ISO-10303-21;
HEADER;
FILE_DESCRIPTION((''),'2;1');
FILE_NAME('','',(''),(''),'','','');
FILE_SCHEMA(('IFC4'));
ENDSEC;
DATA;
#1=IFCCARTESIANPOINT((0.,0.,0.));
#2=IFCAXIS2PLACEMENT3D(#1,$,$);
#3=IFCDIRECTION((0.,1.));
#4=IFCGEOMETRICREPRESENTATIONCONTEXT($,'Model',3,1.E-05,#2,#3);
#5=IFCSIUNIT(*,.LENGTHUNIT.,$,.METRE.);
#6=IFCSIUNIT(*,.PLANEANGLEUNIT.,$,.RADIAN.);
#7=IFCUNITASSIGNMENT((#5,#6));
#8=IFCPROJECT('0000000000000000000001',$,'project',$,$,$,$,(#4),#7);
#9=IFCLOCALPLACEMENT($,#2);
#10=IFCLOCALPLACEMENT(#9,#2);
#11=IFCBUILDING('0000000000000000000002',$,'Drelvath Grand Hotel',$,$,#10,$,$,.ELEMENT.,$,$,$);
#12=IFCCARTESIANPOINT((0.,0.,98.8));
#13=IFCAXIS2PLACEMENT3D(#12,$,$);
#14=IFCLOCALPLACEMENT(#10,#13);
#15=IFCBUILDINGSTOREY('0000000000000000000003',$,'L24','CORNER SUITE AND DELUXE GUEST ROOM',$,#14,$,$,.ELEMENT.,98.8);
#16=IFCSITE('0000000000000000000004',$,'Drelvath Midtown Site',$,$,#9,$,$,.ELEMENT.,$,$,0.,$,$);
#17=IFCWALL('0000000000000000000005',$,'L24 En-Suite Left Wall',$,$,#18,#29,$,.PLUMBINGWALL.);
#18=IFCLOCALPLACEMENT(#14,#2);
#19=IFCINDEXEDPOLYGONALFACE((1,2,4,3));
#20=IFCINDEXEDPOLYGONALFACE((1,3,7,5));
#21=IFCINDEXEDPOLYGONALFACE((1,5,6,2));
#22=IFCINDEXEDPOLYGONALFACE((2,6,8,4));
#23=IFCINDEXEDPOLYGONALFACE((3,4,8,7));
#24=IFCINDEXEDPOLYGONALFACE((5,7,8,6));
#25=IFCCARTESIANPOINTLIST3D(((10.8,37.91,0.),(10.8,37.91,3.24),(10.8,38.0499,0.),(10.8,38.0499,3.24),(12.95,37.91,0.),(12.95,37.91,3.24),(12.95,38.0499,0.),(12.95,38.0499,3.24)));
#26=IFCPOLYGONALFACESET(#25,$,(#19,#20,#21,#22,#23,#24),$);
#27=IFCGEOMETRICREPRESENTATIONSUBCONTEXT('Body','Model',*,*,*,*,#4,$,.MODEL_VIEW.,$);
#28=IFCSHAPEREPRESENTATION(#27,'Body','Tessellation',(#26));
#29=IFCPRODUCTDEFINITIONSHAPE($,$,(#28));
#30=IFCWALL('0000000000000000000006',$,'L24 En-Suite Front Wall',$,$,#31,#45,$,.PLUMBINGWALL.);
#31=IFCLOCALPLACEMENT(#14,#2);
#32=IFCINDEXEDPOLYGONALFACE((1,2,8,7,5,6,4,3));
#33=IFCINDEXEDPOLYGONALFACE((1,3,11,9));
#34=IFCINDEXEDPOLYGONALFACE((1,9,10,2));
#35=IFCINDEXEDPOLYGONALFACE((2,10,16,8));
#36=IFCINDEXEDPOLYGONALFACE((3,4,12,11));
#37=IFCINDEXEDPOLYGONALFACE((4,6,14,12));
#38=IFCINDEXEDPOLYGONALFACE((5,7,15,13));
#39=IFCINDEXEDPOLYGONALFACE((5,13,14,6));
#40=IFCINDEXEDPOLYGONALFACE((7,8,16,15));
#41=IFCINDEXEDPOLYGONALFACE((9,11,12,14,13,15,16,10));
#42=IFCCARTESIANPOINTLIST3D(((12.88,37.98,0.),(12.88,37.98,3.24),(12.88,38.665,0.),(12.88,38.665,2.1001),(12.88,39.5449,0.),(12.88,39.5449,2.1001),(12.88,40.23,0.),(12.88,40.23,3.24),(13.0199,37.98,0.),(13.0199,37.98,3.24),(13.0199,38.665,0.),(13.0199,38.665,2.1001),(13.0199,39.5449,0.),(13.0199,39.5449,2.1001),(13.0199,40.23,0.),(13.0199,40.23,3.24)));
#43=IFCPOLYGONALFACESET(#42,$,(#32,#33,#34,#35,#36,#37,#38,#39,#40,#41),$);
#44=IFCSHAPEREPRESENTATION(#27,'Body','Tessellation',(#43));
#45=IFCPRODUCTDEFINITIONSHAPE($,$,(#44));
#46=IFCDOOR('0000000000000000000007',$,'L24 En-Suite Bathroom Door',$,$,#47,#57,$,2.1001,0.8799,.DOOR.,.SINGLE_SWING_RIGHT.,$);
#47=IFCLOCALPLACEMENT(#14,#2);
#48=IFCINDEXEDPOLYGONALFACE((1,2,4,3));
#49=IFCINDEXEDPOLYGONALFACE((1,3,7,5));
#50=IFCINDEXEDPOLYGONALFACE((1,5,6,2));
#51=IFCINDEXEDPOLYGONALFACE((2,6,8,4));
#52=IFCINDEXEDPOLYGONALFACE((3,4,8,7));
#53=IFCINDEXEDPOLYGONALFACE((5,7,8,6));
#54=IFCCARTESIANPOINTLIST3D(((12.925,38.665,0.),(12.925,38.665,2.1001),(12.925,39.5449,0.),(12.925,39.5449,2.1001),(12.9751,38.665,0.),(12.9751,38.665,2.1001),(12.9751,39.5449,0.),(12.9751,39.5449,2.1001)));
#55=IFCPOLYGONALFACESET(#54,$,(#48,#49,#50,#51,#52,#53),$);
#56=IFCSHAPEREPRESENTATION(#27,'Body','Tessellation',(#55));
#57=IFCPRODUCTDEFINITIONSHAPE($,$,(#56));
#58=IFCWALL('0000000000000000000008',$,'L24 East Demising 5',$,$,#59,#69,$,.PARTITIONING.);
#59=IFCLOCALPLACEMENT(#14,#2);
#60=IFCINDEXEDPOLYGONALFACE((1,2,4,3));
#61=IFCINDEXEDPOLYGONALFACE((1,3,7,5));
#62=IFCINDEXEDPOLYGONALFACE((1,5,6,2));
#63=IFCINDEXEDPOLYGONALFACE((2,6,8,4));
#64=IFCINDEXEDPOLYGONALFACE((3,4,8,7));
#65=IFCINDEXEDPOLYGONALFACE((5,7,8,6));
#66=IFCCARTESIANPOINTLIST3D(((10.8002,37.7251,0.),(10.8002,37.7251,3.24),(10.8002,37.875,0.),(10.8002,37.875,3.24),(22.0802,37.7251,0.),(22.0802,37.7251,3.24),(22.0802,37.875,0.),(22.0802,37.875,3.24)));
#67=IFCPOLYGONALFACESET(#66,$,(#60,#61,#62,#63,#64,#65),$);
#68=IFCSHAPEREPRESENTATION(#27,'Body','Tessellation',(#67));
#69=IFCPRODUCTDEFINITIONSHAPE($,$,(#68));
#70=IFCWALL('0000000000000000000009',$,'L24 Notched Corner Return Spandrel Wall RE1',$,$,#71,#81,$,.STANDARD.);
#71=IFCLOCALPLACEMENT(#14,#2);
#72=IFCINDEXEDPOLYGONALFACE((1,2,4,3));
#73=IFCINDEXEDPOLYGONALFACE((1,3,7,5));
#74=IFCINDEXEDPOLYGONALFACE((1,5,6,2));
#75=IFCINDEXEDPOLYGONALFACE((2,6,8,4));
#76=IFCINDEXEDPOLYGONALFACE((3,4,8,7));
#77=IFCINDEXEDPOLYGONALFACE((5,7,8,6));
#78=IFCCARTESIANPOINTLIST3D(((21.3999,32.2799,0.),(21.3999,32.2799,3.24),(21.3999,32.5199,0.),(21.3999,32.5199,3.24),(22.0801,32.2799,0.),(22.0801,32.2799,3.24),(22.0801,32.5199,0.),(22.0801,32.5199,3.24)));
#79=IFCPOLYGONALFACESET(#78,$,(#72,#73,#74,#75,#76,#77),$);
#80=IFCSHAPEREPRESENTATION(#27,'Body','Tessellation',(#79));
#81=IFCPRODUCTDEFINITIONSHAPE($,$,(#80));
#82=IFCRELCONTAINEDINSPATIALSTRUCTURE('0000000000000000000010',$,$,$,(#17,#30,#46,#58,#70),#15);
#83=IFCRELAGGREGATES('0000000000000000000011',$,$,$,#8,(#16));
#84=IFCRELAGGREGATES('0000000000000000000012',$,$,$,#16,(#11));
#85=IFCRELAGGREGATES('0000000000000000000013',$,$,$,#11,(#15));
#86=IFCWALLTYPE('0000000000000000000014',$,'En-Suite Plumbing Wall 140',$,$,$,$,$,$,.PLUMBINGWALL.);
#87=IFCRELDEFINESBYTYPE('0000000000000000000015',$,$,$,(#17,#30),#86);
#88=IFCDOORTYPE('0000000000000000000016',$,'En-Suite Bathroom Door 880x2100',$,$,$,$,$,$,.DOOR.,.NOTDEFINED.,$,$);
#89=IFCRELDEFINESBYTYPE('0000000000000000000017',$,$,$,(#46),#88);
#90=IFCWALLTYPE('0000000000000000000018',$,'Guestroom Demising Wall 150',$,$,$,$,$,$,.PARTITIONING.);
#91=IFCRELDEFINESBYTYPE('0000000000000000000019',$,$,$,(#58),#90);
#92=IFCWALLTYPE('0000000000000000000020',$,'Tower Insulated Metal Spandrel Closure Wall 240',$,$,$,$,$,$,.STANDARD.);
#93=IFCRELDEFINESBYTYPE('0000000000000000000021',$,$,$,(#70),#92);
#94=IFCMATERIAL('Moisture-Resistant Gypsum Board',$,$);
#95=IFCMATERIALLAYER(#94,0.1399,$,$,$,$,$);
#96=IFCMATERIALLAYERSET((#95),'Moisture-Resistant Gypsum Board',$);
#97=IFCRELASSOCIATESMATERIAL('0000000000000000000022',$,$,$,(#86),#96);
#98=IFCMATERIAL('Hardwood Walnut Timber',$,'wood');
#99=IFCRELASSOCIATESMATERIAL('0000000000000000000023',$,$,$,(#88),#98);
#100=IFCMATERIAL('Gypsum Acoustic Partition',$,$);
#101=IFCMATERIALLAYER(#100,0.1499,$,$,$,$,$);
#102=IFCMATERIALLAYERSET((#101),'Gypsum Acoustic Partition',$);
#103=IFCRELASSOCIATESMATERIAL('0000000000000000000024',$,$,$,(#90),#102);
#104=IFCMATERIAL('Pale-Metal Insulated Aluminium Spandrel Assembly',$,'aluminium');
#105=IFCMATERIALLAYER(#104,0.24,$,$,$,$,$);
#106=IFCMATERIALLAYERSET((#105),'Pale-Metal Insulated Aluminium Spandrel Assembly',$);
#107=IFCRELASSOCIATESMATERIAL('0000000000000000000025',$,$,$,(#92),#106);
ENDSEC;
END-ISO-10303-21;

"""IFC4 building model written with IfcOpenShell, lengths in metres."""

from ifc_helpers import new_model, si_unit, direction, frame, frame_2d, origin, place, context, subcontext, project, spatial, rectangle, extrude, material, layer, layer_set, type_object, element, fill, save


model = new_model("IFC4")

# Units and contexts
model_context = context("Model", 3, precision=1e-05, world=origin(), true_north=direction((0.0, 1.0)))
body_context = subcontext(model_context, "Body", "Model", "MODEL_VIEW")
ifc_project = project(units=[si_unit("LENGTHUNIT", "METRE"), si_unit("PLANEANGLEUNIT", "RADIAN")], contexts=[model_context])

# Site, building, storey
site_placement = place(None, origin())
site = spatial("IfcSite", under=ifc_project, at=site_placement, Name="Drelvath Midtown Site", CompositionType="ELEMENT", RefElevation=0.0)
building_placement = place(site_placement, origin())
building = spatial("IfcBuilding", under=site, at=building_placement, Name="Drelvath Grand Hotel", CompositionType="ELEMENT")
storey_placement = place(building_placement, frame((0.0, 0.0, 98.8)))
storey = spatial("IfcBuildingStorey", under=building, at=storey_placement, Name="L24", Description="CORNER SUITE AND DELUXE GUEST ROOM", CompositionType="ELEMENT", Elevation=98.8)

# Shared definitions
ifc_material_1 = material(Name="Moisture-Resistant Gypsum Board")
ifc_layer_1 = layer(ifc_material_1, 0.1399)
ifc_layer_set_1 = layer_set([ifc_layer_1], Name="Moisture-Resistant Gypsum Board")
wall_type_1 = type_object("IfcWallType", Name="En-Suite Plumbing Wall 140", PredefinedType="PLUMBINGWALL", material=ifc_layer_set_1)

# Shared definitions
ifc_material_2 = material(Name="Hardwood Walnut Timber", Category="wood")
door_type = type_object("IfcDoorType", Name="En-Suite Bathroom Door 880x2100", OperationType="NOTDEFINED", PredefinedType="DOOR", material=ifc_material_2)

# Wall
wall_1_placement = place(storey_placement, frame((10.8, 37.98, 0.0), z_axis=(0.0, 0.0, 1.0), x_axis=(1.0, 0.0, 0.0)))
element("IfcWall", 1, at=wall_1_placement, inside=storey, type_object=wall_type_1, Name="L24 En-Suite Left Wall", PredefinedType="PLUMBINGWALL", context=body_context, shape_type="SweptSolid", body=[
    extrude(rectangle(XDim=2.1499, YDim=0.1399, at=frame_2d((1.075, 0.0))), origin(), (0.0, 0.0, 1.0), 3.24),
])

# Wall, opening, door
wall_2_placement = place(storey_placement, frame((12.95, 37.98, 0.0), z_axis=(0.0, 0.0, 1.0), x_axis=(0.0, 1.0, 0.0)))
wall_2 = element("IfcWall", 2, at=wall_2_placement, inside=storey, type_object=wall_type_1, Name="L24 En-Suite Front Wall", PredefinedType="PLUMBINGWALL", context=body_context, shape_type="SweptSolid", body=[
    extrude(rectangle(XDim=2.25, YDim=0.1399, at=frame_2d((1.125, 0.0))), origin(), (0.0, 0.0, 1.0), 3.24),
])
opening_1_placement = place(wall_2_placement, frame((0.6851, 0.0, 0.0)))
opening_1 = element("IfcOpeningElement", 3, at=opening_1_placement, cuts=wall_2, PredefinedType="OPENING", context=body_context, shape_type="SweptSolid", body=[
    extrude(rectangle(XDim=0.8799, YDim=2.1001, at=frame_2d((0.4399, 1.05))), frame((0.0, 0.0798, 0.0), z_axis=(0.0, -1.0, 0.0), x_axis=(1.0, 0.0, 0.0)), (0.0, 0.0, 1.0), 0.1599),
])
door_1_placement = place(opening_1_placement, origin())
door_1 = element("IfcDoor", 4, at=door_1_placement, inside=storey, type_object=door_type, Name="L24 En-Suite Bathroom Door", OperationType="SINGLE_SWING_RIGHT", OverallHeight=2.1001, OverallWidth=0.8799, PredefinedType="DOOR", context=body_context, shape_type="SweptSolid", body=[
    extrude(rectangle(XDim=0.8799, YDim=2.1001, at=frame_2d((0.4399, 1.05))), frame((0.0, 0.0249, 0.0), z_axis=(0.0, -1.0, 0.0), x_axis=(1.0, 0.0, 0.0)), (0.0, 0.0, 1.0), 0.05),
])
fill(opening_1, door_1)

# Walls
ifc_material_3 = material(Name="Gypsum Acoustic Partition")
ifc_layer_2 = layer(ifc_material_3, 0.1499)
ifc_layer_set_2 = layer_set([ifc_layer_2], Name="Gypsum Acoustic Partition")
wall_type_2 = type_object("IfcWallType", Name="Guestroom Demising Wall 150", PredefinedType="PARTITIONING", material=ifc_layer_set_2)
wall_3_placement = place(storey_placement, frame((10.8, 37.8, 0.0), z_axis=(0.0, 0.0, 1.0), x_axis=(1.0, 0.0, 0.0)))
element("IfcWall", 5, at=wall_3_placement, inside=storey, type_object=wall_type_2, Name="L24 East Demising 5", PredefinedType="PARTITIONING", context=body_context, shape_type="SweptSolid", body=[
    extrude(rectangle(XDim=11.28, YDim=0.1499, at=frame_2d((5.6401, 0.0))), origin(), (0.0, 0.0, 1.0), 3.24),
])
ifc_material_4 = material(Name="Pale-Metal Insulated Aluminium Spandrel Assembly", Category="aluminium")
ifc_layer_3 = layer(ifc_material_4, 0.24)
ifc_layer_set_3 = layer_set([ifc_layer_3], Name="Pale-Metal Insulated Aluminium Spandrel Assembly")
wall_type_3 = type_object("IfcWallType", Name="Tower Insulated Metal Spandrel Closure Wall 240", PredefinedType="STANDARD", material=ifc_layer_set_3)
wall_4_placement = place(storey_placement, frame((22.0801, 32.3999, 0.0), z_axis=(0.0, 0.0, 1.0), x_axis=(-1.0, 0.0, 0.0)))
element("IfcWall", 6, at=wall_4_placement, inside=storey, type_object=wall_type_3, Name="L24 Notched Corner Return Spandrel Wall RE1", PredefinedType="STANDARD", context=body_context, shape_type="SweptSolid", body=[
    extrude(rectangle(XDim=0.6802, YDim=0.24, at=frame_2d((0.3401, 0.0))), origin(), (0.0, 0.0, 1.0), 3.24),
])

save(model, "model.ifc")
